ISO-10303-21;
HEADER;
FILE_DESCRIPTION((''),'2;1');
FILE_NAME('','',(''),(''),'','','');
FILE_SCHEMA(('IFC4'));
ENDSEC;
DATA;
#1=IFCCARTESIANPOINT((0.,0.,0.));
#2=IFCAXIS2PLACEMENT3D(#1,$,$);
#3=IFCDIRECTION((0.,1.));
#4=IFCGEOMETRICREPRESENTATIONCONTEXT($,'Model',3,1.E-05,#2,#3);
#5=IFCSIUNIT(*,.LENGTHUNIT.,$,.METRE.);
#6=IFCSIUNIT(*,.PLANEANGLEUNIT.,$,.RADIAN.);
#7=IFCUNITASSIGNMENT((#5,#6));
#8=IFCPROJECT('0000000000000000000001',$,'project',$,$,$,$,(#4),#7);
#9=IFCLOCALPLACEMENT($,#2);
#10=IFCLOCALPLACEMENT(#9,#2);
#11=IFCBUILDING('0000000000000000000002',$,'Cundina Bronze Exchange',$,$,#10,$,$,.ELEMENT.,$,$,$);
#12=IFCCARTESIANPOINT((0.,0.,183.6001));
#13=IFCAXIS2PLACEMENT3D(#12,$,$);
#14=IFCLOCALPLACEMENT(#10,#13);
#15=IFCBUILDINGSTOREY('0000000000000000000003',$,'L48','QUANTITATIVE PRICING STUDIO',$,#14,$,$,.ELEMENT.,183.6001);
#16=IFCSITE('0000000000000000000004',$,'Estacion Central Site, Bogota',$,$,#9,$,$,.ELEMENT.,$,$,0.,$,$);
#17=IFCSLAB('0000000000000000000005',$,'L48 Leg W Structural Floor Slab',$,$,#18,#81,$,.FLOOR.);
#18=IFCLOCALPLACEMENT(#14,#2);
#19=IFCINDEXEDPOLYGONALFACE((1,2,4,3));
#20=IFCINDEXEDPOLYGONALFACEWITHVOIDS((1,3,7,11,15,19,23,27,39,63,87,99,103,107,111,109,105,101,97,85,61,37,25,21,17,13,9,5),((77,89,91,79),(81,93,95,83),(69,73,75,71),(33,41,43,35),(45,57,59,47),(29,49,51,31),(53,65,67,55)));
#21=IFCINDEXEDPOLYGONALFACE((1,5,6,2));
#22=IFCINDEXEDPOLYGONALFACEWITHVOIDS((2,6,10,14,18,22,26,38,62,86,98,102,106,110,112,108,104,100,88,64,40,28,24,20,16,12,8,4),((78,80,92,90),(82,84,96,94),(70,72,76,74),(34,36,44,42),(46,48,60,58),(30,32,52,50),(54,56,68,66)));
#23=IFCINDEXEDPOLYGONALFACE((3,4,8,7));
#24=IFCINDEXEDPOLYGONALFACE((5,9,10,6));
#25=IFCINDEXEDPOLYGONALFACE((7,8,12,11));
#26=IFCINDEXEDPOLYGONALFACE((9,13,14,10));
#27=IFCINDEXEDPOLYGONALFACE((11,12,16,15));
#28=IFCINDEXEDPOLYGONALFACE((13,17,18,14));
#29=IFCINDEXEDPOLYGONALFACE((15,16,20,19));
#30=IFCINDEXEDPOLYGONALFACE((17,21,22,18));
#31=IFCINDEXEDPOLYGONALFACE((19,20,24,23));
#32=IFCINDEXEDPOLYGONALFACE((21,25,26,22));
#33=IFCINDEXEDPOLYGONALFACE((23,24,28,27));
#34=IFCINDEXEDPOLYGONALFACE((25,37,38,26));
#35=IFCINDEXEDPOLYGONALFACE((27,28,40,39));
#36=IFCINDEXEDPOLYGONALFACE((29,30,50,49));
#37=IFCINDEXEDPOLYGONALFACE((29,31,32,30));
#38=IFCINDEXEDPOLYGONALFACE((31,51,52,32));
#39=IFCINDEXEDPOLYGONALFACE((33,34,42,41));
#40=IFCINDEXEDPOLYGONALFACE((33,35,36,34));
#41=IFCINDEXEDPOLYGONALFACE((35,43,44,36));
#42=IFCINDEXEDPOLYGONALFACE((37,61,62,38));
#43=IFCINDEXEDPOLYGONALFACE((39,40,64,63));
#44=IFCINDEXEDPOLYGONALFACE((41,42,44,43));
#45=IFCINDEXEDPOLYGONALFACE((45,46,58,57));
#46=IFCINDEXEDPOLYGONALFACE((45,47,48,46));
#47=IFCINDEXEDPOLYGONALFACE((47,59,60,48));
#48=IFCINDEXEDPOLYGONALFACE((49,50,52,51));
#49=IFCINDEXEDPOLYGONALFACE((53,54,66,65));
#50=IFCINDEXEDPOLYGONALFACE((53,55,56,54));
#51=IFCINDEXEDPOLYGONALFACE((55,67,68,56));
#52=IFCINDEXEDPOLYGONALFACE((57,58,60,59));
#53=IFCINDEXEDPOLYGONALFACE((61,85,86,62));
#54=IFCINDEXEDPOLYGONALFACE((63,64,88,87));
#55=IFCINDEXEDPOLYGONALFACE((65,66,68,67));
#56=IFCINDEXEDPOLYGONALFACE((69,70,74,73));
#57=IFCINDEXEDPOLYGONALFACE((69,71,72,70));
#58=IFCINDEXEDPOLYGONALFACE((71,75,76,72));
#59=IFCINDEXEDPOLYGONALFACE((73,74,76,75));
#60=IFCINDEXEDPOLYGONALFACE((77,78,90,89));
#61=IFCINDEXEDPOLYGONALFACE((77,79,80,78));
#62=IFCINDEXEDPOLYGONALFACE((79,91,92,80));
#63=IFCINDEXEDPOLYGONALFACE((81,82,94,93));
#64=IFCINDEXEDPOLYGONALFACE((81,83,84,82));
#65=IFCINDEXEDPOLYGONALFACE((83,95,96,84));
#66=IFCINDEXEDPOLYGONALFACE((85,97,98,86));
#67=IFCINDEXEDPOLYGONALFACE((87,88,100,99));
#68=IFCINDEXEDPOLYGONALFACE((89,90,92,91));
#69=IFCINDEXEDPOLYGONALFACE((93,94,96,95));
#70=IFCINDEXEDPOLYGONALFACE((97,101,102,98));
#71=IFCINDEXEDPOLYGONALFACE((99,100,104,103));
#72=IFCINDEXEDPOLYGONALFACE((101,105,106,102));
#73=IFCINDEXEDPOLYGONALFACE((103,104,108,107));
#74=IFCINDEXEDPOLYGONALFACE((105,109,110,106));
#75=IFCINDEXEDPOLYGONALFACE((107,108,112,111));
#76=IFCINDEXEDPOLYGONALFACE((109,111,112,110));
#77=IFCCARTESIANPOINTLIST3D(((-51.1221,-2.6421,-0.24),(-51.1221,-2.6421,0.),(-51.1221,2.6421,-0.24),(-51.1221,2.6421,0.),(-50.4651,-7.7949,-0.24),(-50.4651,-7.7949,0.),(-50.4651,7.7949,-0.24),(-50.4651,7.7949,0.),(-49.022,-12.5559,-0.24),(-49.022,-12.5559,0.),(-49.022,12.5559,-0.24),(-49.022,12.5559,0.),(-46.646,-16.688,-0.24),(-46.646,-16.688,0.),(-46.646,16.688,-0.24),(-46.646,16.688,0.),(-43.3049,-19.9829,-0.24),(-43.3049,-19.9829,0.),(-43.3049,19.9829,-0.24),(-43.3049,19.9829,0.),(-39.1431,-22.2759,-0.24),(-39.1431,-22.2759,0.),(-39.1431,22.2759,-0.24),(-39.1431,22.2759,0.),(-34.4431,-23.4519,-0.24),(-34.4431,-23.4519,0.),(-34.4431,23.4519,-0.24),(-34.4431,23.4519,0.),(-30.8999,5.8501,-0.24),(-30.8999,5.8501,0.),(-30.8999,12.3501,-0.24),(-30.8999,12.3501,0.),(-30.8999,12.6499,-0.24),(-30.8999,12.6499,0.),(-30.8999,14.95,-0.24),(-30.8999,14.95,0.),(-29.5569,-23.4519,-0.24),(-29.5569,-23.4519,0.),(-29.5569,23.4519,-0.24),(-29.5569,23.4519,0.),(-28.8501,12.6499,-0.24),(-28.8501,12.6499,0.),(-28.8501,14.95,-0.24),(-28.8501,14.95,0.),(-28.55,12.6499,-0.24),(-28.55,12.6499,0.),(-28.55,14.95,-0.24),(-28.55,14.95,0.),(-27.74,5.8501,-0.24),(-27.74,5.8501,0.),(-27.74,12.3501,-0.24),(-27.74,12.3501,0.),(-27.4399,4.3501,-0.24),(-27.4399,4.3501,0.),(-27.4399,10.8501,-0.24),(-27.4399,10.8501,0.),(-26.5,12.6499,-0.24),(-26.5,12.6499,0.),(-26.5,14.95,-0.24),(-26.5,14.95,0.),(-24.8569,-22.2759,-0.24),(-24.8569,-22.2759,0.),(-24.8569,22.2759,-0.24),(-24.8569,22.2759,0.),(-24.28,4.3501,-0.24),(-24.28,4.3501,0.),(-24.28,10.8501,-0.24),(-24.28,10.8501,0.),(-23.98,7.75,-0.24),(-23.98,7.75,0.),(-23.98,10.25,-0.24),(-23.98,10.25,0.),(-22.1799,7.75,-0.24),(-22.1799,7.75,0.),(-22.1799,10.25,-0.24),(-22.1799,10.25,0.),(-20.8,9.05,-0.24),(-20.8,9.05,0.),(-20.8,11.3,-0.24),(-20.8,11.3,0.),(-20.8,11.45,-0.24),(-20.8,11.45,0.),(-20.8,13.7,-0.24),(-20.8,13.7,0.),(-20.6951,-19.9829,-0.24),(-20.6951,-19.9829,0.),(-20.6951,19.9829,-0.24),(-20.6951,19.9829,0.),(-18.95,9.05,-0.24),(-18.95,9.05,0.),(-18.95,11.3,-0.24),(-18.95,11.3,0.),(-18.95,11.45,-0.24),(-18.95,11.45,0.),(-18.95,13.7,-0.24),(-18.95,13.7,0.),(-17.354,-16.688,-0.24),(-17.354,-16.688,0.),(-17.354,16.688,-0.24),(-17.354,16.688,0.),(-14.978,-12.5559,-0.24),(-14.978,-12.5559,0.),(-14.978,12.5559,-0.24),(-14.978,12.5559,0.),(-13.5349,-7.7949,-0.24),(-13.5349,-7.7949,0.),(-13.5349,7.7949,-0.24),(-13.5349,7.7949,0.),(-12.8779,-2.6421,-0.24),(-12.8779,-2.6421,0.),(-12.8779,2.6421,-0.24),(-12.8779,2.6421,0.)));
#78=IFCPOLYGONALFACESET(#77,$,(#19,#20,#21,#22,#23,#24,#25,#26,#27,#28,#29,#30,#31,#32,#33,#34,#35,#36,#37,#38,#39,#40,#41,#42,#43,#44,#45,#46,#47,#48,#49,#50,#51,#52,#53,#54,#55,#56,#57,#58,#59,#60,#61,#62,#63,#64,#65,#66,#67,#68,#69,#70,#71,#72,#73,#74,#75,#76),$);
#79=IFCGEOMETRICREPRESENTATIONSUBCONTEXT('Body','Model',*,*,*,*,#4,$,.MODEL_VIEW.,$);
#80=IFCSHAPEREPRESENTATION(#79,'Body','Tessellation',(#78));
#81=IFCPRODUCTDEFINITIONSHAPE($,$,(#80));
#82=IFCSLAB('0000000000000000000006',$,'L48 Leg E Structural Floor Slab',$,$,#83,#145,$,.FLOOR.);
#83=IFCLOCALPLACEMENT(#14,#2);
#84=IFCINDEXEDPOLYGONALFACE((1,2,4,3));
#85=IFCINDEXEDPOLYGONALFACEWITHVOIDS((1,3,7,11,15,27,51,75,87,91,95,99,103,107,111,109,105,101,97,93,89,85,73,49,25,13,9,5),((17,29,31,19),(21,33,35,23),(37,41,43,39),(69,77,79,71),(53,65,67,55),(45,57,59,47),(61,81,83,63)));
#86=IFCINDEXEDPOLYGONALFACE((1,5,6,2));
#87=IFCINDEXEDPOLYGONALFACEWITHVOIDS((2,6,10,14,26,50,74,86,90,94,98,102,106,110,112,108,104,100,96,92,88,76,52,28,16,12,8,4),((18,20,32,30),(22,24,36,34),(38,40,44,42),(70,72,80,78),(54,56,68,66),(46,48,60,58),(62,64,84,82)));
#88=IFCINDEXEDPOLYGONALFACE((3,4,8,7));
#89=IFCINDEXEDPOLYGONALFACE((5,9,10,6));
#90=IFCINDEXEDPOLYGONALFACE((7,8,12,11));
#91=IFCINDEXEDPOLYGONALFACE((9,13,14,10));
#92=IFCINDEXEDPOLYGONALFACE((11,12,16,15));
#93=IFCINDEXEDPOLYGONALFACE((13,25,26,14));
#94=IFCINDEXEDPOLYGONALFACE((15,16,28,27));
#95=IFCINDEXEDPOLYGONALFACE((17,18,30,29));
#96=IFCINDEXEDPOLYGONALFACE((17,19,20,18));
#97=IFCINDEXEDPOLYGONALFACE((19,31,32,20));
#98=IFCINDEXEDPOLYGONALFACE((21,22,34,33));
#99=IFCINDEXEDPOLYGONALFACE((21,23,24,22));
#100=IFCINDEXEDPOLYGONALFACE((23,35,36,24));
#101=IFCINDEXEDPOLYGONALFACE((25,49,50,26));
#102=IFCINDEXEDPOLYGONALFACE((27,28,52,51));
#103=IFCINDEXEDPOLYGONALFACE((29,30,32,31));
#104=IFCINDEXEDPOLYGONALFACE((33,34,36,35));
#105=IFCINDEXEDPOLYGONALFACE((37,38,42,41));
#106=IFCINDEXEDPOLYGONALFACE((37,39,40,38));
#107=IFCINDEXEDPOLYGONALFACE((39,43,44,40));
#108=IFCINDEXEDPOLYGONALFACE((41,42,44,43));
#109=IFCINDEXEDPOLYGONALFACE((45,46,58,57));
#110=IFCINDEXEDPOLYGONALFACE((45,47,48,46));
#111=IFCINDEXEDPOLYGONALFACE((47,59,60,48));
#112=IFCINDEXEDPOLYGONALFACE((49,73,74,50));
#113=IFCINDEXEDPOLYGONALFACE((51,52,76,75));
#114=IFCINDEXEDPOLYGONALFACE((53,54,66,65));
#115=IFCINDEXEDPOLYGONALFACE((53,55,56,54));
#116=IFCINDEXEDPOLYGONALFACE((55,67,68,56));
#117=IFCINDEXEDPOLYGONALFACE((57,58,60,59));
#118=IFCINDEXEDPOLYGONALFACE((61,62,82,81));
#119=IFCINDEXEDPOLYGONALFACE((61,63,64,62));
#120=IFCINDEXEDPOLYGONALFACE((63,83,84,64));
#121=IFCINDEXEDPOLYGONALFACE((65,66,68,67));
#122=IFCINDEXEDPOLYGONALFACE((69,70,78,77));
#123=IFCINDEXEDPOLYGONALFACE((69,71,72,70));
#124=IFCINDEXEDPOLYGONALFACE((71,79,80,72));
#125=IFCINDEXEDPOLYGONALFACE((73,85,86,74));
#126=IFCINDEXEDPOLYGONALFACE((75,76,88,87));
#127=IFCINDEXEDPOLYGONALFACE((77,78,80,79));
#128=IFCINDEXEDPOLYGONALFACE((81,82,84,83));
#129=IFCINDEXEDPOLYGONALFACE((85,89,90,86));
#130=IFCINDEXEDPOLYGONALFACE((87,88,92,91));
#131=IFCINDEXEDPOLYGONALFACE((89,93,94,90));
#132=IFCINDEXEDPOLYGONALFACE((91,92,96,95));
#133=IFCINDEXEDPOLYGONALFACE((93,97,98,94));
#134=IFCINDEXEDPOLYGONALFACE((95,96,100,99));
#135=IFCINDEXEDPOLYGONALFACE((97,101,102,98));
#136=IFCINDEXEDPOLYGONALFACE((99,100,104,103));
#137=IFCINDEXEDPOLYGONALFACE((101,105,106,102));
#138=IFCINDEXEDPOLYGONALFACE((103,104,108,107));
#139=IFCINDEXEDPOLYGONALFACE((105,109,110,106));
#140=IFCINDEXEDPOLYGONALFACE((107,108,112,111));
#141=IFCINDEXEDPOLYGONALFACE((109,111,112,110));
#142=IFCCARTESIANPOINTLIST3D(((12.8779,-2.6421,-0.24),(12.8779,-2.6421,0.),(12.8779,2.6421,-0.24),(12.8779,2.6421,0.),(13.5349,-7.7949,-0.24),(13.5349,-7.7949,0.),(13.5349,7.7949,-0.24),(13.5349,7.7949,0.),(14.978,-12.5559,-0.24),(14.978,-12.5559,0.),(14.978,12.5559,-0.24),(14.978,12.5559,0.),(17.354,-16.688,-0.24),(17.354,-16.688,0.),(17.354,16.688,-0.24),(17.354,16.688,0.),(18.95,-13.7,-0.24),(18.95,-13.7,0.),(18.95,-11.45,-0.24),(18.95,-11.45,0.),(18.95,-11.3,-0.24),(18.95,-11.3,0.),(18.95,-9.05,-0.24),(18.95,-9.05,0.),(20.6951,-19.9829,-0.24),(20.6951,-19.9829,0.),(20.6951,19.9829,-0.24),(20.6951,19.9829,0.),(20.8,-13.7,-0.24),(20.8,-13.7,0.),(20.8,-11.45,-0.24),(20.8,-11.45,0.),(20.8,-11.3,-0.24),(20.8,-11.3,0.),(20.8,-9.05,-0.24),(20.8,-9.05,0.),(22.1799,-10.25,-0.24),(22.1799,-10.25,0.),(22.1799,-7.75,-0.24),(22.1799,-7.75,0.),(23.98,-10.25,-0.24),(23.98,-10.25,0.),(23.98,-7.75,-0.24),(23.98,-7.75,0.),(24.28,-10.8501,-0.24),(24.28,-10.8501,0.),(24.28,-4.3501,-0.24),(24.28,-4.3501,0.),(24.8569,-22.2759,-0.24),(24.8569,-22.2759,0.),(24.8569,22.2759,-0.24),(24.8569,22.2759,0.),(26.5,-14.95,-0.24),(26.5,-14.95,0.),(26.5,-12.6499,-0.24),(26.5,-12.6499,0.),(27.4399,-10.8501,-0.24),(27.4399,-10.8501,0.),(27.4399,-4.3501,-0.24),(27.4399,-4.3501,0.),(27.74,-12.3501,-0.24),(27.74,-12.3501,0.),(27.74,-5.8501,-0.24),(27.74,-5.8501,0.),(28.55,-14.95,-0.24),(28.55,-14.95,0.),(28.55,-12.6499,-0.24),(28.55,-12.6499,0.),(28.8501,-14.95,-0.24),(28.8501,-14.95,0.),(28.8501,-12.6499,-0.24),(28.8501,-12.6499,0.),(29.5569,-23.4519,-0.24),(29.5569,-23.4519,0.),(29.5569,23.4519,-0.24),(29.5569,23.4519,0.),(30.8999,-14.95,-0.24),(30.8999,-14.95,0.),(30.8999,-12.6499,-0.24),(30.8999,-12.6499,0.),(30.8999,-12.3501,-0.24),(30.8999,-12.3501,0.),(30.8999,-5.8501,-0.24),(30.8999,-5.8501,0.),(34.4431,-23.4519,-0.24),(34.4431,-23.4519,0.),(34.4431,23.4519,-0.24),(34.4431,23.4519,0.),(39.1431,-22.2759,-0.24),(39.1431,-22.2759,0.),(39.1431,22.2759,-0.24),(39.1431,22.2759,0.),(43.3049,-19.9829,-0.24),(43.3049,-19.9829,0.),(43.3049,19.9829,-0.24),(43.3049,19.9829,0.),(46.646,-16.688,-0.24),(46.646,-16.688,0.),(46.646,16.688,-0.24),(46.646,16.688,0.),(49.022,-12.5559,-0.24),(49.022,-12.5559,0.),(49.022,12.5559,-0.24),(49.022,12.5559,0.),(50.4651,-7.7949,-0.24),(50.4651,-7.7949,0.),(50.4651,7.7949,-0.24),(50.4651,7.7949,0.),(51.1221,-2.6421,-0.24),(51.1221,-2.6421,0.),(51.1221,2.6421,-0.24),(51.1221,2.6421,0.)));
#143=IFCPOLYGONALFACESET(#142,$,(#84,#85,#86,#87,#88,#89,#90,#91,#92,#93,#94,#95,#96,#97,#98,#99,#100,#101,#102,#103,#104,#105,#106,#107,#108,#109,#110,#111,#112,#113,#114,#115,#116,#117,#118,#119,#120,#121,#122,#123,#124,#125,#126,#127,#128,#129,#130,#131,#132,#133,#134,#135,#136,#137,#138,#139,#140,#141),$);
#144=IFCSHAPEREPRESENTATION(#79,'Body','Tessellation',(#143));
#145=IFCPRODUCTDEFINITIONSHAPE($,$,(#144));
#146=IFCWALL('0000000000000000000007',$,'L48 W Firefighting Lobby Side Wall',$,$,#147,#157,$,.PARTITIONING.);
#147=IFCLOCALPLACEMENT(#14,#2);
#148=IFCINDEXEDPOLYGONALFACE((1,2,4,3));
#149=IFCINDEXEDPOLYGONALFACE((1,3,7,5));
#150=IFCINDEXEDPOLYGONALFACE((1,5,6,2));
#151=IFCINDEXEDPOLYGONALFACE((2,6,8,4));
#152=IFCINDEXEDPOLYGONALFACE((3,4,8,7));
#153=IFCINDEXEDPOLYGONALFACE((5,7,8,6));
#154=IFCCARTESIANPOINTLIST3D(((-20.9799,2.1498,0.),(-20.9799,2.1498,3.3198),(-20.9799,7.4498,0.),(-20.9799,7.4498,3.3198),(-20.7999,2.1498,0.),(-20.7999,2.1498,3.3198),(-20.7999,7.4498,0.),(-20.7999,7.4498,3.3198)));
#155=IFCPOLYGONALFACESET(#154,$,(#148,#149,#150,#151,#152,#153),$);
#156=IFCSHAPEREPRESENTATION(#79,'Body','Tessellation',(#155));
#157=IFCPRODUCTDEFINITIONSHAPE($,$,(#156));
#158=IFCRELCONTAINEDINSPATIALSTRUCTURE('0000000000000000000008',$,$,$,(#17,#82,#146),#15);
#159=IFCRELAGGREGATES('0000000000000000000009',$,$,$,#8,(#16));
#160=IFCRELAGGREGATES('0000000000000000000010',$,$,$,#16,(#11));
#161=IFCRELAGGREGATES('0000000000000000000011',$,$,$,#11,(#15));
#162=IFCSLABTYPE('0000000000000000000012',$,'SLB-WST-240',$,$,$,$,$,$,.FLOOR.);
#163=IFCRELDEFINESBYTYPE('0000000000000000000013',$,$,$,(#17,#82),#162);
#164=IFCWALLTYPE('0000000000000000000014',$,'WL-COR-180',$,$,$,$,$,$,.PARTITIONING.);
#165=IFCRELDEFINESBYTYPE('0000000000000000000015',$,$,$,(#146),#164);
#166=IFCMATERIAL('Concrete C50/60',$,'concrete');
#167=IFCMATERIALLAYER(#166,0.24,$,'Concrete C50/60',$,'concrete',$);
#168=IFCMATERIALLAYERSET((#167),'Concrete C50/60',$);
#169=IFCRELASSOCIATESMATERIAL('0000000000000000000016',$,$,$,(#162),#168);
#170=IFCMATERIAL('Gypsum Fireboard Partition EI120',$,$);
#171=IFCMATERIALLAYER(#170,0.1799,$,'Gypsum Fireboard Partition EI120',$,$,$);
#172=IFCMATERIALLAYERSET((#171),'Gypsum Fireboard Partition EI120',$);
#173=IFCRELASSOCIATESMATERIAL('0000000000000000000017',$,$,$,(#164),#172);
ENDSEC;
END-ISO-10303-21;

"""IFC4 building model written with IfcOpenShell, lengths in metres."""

from ifc_helpers import new_model, si_unit, direction, frame, frame_2d, origin, place, context, subcontext, project, spatial, polyline, rectangle, outline, extrude, material, layer, layer_set, type_object, element, save


model = new_model("IFC4")

# Units and contexts
model_context = context("Model", 3, precision=1e-05, world=origin(), true_north=direction((0.0, 1.0)))
body_context = subcontext(model_context, "Body", "Model", "MODEL_VIEW")
ifc_project = project(units=[si_unit("LENGTHUNIT", "METRE"), si_unit("PLANEANGLEUNIT", "RADIAN")], contexts=[model_context])

# Site, building, storey
site_placement = place(None, origin())
site = spatial("IfcSite", under=ifc_project, at=site_placement, Name="Estacion Central Site, Bogota", CompositionType="ELEMENT", RefElevation=0.0)
building_placement = place(site_placement, origin())
building = spatial("IfcBuilding", under=site, at=building_placement, Name="Cundina Bronze Exchange", CompositionType="ELEMENT")
storey_placement = place(building_placement, frame((0.0, 0.0, 183.6001)))
storey = spatial("IfcBuildingStorey", under=building, at=storey_placement, Name="L48", Description="QUANTITATIVE PRICING STUDIO", CompositionType="ELEMENT", Elevation=183.6001)

# Shared definitions
ifc_material_1 = material(Name="Concrete C50/60", Category="concrete")

# Slabs
ifc_layer_1 = layer(ifc_material_1, 0.24, Name="Concrete C50/60", Category="concrete")
ifc_layer_set_1 = layer_set([ifc_layer_1], Name="Concrete C50/60")
slab_type_1 = type_object("IfcSlabType", Name="SLB-WST-240", PredefinedType="FLOOR", material=ifc_layer_set_1)
slab_1_placement = place(storey_placement, frame((0.0, 0.0, -0.24)))
element("IfcSlab", 1, at=slab_1_placement, inside=storey, type_object=slab_type_1, Name="L48 Leg W Structural Floor Slab", PredefinedType="FLOOR", context=body_context, shape_type="SweptSolid", body=[
    extrude(outline(polyline([(-12.8779, 2.6421), (-13.5349, 7.7949), (-14.978, 12.5559), (-17.354, 16.688), (-20.6951, 19.9829), (-24.8569, 22.2759), (-29.5569, 23.4519), (-34.4431, 23.4519), (-39.1431, 22.2759), (-43.3049, 19.9829), (-46.646, 16.688), (-49.022, 12.5559), (-50.4651, 7.7949), (-51.1221, 2.6421), (-51.1221, -2.6421), (-50.4651, -7.7949), (-49.022, -12.5559), (-46.646, -16.688), (-43.3049, -19.9829), (-39.1431, -22.2759), (-34.4431, -23.4519), (-29.5569, -23.4519), (-24.8569, -22.2759), (-20.6951, -19.9829), (-17.354, -16.688), (-14.978, -12.5559), (-13.5349, -7.7949), (-12.8779, -2.6421), (-12.8779, 2.6421)]), holes=[polyline([(-27.74, 5.8501), (-27.74, 12.3501), (-30.8999, 12.3501), (-30.8999, 5.8501), (-27.74, 5.8501)]), polyline([(-27.4399, 10.8501), (-27.4399, 4.3501), (-24.28, 4.3501), (-24.28, 10.8501), (-27.4399, 10.8501)]), polyline([(-23.98, 10.25), (-22.1799, 10.25), (-22.1799, 7.75), (-23.98, 7.75), (-23.98, 10.25)]), polyline([(-30.8999, 14.95), (-28.8501, 14.95), (-28.8501, 12.6499), (-30.8999, 12.6499), (-30.8999, 14.95)]), polyline([(-28.55, 14.95), (-26.5, 14.95), (-26.5, 12.6499), (-28.55, 12.6499), (-28.55, 14.95)]), polyline([(-20.8, 13.7), (-18.95, 13.7), (-18.95, 11.45), (-20.8, 11.45), (-20.8, 13.7)]), polyline([(-20.8, 11.3), (-18.95, 11.3), (-18.95, 9.05), (-20.8, 9.05), (-20.8, 11.3)])]), origin(), (0.0, 0.0, 1.0), 0.24),
])
slab_2_placement = place(storey_placement, frame((0.0, 0.0, -0.24)))
element("IfcSlab", 2, at=slab_2_placement, inside=storey, type_object=slab_type_1, Name="L48 Leg E Structural Floor Slab", PredefinedType="FLOOR", context=body_context, shape_type="SweptSolid", body=[
    extrude(outline(polyline([(51.1221, 2.6421), (50.4651, 7.7949), (49.022, 12.5559), (46.646, 16.688), (43.3049, 19.9829), (39.1431, 22.2759), (34.4431, 23.4519), (29.5569, 23.4519), (24.8569, 22.2759), (20.6951, 19.9829), (17.354, 16.688), (14.978, 12.5559), (13.5349, 7.7949), (12.8779, 2.6421), (12.8779, -2.6421), (13.5349, -7.7949), (14.978, -12.5559), (17.354, -16.688), (20.6951, -19.9829), (24.8569, -22.2759), (29.5569, -23.4519), (34.4431, -23.4519), (39.1431, -22.2759), (43.3049, -19.9829), (46.646, -16.688), (49.022, -12.5559), (50.4651, -7.7949), (51.1221, -2.6421), (51.1221, 2.6421)]), holes=[polyline([(27.74, -5.8501), (27.74, -12.3501), (30.8999, -12.3501), (30.8999, -5.8501), (27.74, -5.8501)]), polyline([(27.4399, -10.8501), (27.4399, -4.3501), (24.28, -4.3501), (24.28, -10.8501), (27.4399, -10.8501)]), polyline([(22.1799, -7.75), (23.98, -7.75), (23.98, -10.25), (22.1799, -10.25), (22.1799, -7.75)]), polyline([(28.8501, -12.6499), (30.8999, -12.6499), (30.8999, -14.95), (28.8501, -14.95), (28.8501, -12.6499)]), polyline([(26.5, -12.6499), (28.55, -12.6499), (28.55, -14.95), (26.5, -14.95), (26.5, -12.6499)]), polyline([(18.95, -11.45), (20.8, -11.45), (20.8, -13.7), (18.95, -13.7), (18.95, -11.45)]), polyline([(18.95, -9.05), (20.8, -9.05), (20.8, -11.3), (18.95, -11.3), (18.95, -9.05)])]), origin(), (0.0, 0.0, 1.0), 0.24),
])

# Wall
ifc_material_2 = material(Name="Gypsum Fireboard Partition EI120")
ifc_layer_2 = layer(ifc_material_2, 0.1799, Name="Gypsum Fireboard Partition EI120")
ifc_layer_set_2 = layer_set([ifc_layer_2], Name="Gypsum Fireboard Partition EI120")
wall_type_1 = type_object("IfcWallType", Name="WL-COR-180", PredefinedType="PARTITIONING", material=ifc_layer_set_2)
wall_1_placement = place(storey_placement, frame((-20.8899, 2.1499, 0.0), z_axis=(0.0, 0.0, 1.0), x_axis=(0.0, 1.0, 0.0)))
element("IfcWall", 3, at=wall_1_placement, inside=storey, type_object=wall_type_1, Name="L48 W Firefighting Lobby Side Wall", PredefinedType="PARTITIONING", context=body_context, shape_type="SweptSolid", body=[
    extrude(rectangle(XDim=5.3, YDim=0.1799, at=frame_2d((2.6499, 0.0))), origin(), (0.0, 0.0, 1.0), 3.3198),
])

save(model, "model.ifc")
